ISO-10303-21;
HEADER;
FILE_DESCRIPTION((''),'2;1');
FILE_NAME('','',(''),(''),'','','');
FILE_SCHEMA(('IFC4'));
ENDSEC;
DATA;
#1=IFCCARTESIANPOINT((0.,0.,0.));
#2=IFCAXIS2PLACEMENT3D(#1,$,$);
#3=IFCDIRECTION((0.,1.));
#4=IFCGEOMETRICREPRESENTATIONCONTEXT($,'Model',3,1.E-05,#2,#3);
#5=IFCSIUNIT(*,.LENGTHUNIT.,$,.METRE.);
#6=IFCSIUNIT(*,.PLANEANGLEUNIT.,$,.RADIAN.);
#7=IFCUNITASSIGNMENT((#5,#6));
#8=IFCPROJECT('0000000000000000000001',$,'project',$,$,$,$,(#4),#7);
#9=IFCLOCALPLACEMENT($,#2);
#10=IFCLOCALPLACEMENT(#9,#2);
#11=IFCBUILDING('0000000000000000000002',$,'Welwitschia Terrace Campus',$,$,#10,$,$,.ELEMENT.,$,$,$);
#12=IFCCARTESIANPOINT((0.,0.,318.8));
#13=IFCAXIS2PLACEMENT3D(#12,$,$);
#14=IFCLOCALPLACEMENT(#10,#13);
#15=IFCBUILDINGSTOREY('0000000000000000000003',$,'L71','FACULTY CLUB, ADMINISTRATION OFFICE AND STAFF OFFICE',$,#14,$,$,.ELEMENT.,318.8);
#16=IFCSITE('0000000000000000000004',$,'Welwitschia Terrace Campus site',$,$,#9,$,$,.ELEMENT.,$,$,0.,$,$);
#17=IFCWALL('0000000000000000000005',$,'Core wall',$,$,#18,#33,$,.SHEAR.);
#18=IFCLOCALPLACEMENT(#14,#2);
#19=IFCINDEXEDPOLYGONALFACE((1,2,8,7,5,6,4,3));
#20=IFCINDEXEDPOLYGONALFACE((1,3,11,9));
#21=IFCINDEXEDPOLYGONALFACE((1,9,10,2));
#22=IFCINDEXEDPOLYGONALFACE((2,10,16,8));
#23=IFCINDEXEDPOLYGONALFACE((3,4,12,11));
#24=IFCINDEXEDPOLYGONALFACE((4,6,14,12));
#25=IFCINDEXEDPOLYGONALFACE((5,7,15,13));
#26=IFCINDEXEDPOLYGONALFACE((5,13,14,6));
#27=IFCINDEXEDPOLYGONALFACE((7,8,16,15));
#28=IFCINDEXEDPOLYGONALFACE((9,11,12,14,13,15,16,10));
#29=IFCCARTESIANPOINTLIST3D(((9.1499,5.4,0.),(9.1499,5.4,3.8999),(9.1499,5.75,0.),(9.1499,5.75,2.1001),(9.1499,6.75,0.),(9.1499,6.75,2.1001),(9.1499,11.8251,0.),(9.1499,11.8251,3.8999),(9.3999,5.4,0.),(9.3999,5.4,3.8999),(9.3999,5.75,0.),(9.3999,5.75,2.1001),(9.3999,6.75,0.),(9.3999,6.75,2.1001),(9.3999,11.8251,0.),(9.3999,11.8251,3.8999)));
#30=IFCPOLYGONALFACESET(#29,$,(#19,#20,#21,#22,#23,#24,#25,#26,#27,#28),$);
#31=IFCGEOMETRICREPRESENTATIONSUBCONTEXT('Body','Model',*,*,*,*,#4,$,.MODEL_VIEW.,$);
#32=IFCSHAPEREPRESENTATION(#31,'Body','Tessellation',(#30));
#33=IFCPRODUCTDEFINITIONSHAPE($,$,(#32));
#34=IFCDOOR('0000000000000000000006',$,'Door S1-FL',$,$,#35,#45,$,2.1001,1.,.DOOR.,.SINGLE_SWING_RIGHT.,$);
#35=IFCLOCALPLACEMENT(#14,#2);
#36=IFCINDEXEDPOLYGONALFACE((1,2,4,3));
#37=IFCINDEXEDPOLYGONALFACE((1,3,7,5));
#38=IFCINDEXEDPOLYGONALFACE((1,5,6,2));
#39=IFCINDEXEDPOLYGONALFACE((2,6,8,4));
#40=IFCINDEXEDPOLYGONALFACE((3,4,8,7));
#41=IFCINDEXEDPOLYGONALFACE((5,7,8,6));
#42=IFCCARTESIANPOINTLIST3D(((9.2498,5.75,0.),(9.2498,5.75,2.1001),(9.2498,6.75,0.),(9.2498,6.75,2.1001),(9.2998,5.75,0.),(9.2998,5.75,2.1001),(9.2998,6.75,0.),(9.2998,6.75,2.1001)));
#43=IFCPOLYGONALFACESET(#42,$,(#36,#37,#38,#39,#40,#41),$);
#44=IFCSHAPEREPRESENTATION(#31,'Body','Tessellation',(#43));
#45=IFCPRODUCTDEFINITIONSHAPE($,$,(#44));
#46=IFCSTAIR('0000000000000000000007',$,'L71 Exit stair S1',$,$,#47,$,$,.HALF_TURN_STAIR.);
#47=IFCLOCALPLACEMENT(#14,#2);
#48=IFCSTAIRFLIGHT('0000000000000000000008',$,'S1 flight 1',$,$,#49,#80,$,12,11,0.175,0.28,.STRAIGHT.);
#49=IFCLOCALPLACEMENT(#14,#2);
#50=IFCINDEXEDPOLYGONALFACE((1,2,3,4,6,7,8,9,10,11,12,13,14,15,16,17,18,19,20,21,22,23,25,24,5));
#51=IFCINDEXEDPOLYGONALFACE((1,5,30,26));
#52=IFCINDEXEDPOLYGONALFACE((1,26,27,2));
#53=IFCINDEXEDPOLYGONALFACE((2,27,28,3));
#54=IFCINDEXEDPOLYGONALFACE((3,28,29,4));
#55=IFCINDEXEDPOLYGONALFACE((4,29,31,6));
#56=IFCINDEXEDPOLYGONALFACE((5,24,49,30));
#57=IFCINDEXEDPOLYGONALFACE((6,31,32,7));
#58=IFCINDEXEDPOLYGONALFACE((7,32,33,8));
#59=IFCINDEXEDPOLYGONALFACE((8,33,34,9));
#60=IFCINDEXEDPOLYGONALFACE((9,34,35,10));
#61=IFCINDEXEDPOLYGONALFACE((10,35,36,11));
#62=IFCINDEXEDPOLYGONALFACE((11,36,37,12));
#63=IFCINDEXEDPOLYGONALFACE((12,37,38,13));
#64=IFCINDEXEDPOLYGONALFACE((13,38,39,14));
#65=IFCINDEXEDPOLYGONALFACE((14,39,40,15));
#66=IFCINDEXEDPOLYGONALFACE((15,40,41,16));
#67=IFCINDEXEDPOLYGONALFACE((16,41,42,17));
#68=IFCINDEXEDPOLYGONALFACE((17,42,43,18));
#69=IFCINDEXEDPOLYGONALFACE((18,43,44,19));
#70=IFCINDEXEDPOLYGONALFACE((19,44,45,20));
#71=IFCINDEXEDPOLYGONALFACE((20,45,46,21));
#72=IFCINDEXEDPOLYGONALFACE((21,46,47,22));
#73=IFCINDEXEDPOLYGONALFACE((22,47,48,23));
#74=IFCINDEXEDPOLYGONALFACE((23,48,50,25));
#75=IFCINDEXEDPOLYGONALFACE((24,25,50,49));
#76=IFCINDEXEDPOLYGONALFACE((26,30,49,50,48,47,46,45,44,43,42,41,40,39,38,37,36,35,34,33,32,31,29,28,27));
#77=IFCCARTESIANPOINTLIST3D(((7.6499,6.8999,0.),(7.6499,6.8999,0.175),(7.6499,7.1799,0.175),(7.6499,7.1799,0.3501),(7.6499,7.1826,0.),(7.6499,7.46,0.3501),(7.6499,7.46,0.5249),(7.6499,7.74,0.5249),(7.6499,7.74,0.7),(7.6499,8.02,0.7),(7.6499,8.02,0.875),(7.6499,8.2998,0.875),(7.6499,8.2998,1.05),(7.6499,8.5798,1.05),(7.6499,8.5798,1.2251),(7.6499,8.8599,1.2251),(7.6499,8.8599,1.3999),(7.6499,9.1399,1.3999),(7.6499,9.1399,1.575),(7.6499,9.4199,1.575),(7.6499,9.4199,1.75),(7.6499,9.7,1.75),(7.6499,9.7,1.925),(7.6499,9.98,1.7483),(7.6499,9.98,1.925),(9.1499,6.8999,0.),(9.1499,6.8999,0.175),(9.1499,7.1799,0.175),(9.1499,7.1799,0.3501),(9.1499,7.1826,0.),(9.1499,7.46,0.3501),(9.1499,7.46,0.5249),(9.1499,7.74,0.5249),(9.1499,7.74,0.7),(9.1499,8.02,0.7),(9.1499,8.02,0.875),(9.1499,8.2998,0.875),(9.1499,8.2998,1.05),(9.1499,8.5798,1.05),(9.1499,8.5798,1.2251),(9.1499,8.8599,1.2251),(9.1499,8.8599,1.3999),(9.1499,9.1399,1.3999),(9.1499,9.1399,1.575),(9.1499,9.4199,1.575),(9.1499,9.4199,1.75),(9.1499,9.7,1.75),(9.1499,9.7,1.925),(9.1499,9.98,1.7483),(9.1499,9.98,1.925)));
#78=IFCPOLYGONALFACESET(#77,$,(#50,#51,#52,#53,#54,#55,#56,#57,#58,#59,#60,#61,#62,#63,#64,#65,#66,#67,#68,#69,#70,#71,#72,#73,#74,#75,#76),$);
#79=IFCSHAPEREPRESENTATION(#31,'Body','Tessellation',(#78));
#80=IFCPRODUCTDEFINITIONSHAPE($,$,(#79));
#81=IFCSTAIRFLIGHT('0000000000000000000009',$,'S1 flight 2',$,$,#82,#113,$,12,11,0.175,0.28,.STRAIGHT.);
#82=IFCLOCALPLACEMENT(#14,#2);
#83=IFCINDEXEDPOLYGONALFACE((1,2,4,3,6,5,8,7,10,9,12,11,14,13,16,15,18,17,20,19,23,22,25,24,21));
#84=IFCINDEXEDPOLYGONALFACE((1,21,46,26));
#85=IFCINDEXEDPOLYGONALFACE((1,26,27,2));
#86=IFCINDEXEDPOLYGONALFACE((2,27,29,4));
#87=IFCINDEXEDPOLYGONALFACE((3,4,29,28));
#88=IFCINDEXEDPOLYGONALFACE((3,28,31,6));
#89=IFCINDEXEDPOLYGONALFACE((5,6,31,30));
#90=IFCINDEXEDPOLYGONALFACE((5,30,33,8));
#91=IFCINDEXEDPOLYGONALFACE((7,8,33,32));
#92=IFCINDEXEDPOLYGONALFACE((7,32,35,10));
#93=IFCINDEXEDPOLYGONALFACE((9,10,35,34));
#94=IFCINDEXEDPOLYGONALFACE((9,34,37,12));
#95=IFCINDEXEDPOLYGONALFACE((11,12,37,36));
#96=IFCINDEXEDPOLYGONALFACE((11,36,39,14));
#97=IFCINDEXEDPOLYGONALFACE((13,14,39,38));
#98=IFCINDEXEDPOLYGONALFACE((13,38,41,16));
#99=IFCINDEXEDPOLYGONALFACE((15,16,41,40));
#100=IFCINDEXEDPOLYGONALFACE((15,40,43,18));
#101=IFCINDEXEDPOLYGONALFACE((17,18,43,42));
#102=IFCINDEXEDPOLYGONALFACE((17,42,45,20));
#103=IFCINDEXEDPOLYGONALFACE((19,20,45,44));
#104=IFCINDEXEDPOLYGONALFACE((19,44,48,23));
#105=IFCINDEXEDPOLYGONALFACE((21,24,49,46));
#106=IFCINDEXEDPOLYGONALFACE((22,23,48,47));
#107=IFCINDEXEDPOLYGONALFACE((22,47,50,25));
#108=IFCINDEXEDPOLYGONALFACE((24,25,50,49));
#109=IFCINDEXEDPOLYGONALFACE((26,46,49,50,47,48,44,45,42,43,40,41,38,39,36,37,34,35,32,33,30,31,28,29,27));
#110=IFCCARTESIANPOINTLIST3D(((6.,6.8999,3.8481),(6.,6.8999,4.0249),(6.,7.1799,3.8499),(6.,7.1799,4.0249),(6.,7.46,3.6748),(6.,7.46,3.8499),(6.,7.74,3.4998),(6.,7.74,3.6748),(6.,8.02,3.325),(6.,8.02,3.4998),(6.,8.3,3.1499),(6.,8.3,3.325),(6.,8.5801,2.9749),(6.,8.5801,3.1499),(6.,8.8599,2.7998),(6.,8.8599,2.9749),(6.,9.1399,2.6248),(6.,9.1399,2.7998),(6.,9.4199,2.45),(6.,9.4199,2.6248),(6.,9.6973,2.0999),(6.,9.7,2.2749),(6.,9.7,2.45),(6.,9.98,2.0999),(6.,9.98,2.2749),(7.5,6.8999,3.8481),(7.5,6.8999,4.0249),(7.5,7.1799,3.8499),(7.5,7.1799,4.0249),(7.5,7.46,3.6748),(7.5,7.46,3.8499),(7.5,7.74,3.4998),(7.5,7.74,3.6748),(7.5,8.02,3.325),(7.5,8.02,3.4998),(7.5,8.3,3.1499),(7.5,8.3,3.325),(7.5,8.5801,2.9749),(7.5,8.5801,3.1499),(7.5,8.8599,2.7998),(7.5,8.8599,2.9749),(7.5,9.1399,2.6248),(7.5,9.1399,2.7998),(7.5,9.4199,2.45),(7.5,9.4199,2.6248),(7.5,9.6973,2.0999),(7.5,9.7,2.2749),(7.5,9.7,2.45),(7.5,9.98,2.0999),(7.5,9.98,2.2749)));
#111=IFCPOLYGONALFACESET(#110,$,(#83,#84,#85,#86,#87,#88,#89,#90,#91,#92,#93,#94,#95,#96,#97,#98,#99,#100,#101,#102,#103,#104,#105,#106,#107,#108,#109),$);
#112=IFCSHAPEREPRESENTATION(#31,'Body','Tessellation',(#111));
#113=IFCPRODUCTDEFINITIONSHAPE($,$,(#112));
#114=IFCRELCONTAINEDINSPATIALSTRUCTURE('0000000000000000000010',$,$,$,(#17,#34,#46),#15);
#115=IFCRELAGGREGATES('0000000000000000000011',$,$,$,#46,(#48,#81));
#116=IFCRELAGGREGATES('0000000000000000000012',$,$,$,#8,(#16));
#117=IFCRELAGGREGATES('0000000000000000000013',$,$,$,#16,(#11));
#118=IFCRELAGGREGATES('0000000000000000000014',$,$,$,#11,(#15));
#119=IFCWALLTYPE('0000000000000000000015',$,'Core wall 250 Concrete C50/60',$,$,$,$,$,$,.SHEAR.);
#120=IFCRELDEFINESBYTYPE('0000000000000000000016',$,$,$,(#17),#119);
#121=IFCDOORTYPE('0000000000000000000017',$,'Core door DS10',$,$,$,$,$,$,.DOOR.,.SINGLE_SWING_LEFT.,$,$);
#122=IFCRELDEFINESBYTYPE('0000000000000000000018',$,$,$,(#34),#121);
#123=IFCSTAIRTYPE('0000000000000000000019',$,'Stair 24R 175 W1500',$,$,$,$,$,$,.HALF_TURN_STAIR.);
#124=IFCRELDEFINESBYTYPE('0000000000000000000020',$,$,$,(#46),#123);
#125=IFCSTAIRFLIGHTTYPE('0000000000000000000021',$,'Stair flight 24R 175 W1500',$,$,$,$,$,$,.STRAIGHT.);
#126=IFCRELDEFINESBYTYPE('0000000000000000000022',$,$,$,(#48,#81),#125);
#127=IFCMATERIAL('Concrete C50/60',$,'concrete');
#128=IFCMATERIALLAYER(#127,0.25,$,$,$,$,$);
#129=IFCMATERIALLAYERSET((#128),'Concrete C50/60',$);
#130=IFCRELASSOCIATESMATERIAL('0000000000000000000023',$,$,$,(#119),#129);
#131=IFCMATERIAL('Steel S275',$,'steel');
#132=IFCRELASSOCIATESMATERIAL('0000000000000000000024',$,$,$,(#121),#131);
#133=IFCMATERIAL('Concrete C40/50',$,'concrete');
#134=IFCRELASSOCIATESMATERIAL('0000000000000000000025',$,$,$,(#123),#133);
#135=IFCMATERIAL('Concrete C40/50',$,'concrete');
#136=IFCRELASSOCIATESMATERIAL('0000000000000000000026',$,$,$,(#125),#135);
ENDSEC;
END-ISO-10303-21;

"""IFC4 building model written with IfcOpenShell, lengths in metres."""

from ifc_helpers import new_model, si_unit, direction, frame, frame_2d, origin, place, context, subcontext, project, spatial, polyline, rectangle, outline, extrude, material, layer, layer_set, type_object, element, fill, aggregate, save


model = new_model("IFC4")

# Units and contexts
model_context = context("Model", 3, precision=1e-05, world=origin(), true_north=direction((0.0, 1.0)))
body_context = subcontext(model_context, "Body", "Model", "MODEL_VIEW")
ifc_project = project(units=[si_unit("LENGTHUNIT", "METRE"), si_unit("PLANEANGLEUNIT", "RADIAN")], contexts=[model_context])

# Site, building, storey
site_placement = place(None, origin())
site = spatial("IfcSite", under=ifc_project, at=site_placement, Name="Welwitschia Terrace Campus site", CompositionType="ELEMENT", RefElevation=0.0)
building_placement = place(site_placement, origin())
building = spatial("IfcBuilding", under=site, at=building_placement, Name="Welwitschia Terrace Campus", CompositionType="ELEMENT")
storey_placement = place(building_placement, frame((0.0, 0.0, 318.8)))
storey = spatial("IfcBuildingStorey", under=building, at=storey_placement, Name="L71", Description="FACULTY CLUB, ADMINISTRATION OFFICE AND STAFF OFFICE", CompositionType="ELEMENT", Elevation=318.8)

# Shared definitions
ifc_material_1 = material(Name="Concrete C50/60", Category="concrete")
ifc_layer_1 = layer(ifc_material_1, 0.25)
ifc_layer_set_1 = layer_set([ifc_layer_1], Name="Concrete C50/60")
wall_type_1 = type_object("IfcWallType", Name="Core wall 250 Concrete C50/60", PredefinedType="SHEAR", material=ifc_layer_set_1)

# Wall, opening, door
wall_1_placement = place(storey_placement, frame((9.2749, 11.825, 0.0), z_axis=(0.0, 0.0, 1.0), x_axis=(0.0, -1.0, 0.0)))
wall_1 = element("IfcWall", 1, at=wall_1_placement, inside=storey, type_object=wall_type_1, Name="Core wall", PredefinedType="SHEAR", context=body_context, shape_type="SweptSolid", body=[
    extrude(rectangle(XDim=6.425, YDim=0.25, at=frame_2d((3.2124, 0.0))), origin(), (0.0, 0.0, 1.0), 3.8999),
])
opening_placement = place(wall_1_placement, frame((5.075, 0.0, 0.0)))
opening = element("IfcOpeningElement", 2, at=opening_placement, cuts=wall_1, PredefinedType="OPENING", context=body_context, shape_type="SweptSolid", body=[
    extrude(rectangle(XDim=1.0, YDim=2.1001, at=frame_2d((0.5, 1.05))), frame((0.0, 0.135, 0.0), z_axis=(0.0, -1.0, 0.0), x_axis=(1.0, 0.0, 0.0)), (0.0, 0.0, 1.0), 0.27),
])
ifc_material_2 = material(Name="Steel S275", Category="steel")
door_type = type_object("IfcDoorType", Name="Core door DS10", OperationType="SINGLE_SWING_LEFT", PredefinedType="DOOR", material=ifc_material_2)
door_placement = place(opening_placement, origin())
door = element("IfcDoor", 3, at=door_placement, inside=storey, type_object=door_type, Name="Door S1-FL", OperationType="SINGLE_SWING_RIGHT", OverallHeight=2.1001, OverallWidth=1.0, PredefinedType="DOOR", context=body_context, shape_type="SweptSolid", body=[
    extrude(rectangle(XDim=1.0, YDim=2.1001, at=frame_2d((0.5, 1.05))), frame((0.0, 0.0249, 0.0), z_axis=(0.0, -1.0, 0.0), x_axis=(1.0, 0.0, 0.0)), (0.0, 0.0, 1.0), 0.05),
])
fill(opening, door)

# Stair, stair flights
ifc_material_3 = material(Name="Concrete C40/50", Category="concrete")
stair_type = type_object("IfcStairType", Name="Stair 24R 175 W1500", PredefinedType="HALF_TURN_STAIR", material=ifc_material_3)
stair_placement = place(storey_placement, origin())
stair = element("IfcStair", 4, at=stair_placement, inside=storey, type_object=stair_type, Name="L71 Exit stair S1", PredefinedType="HALF_TURN_STAIR")
ifc_material_4 = material(Name="Concrete C40/50", Category="concrete")
stair_flight_type = type_object("IfcStairFlightType", Name="Stair flight 24R 175 W1500", PredefinedType="STRAIGHT", material=ifc_material_4)
stair_flight_1_placement = place(storey_placement, frame((8.3999, 6.8999, 0.0), z_axis=(0.0, 0.0, 1.0), x_axis=(0.0, 1.0, 0.0)))
stair_flight_1 = element("IfcStairFlight", 5, at=stair_flight_1_placement, type_object=stair_flight_type, Name="S1 flight 1", NumberOfRisers=12, NumberOfTreads=11, PredefinedType="STRAIGHT", RiserHeight=0.175, TreadLength=0.28, context=body_context, shape_type="SweptSolid", body=[
    extrude(outline(polyline([(0.0, 0.0), (0.0, 0.175), (0.28, 0.175), (0.28, 0.3501), (0.5601, 0.3501), (0.5601, 0.5249), (0.8401, 0.5249), (0.8401, 0.7), (1.1201, 0.7), (1.1201, 0.875), (1.3999, 0.875), (1.3999, 1.05), (1.6799, 1.05), (1.6799, 1.2251), (1.96, 1.2251), (1.96, 1.3999), (2.24, 1.3999), (2.24, 1.575), (2.52, 1.575), (2.52, 1.75), (2.8, 1.75), (2.8, 1.925), (3.0801, 1.925), (3.0801, 2.1001), (3.0801, 1.7483), (0.2827, 0.0), (0.0, 0.0)])), frame((0.0, 0.75, 0.0), z_axis=(0.0, -1.0, 0.0), x_axis=(1.0, 0.0, 0.0)), (0.0, 0.0, 1.0), 1.5),
])
stair_flight_2_placement = place(storey_placement, frame((6.75, 9.98, 2.0999), z_axis=(0.0, 0.0, 1.0), x_axis=(0.0, -1.0, 0.0)))
stair_flight_2 = element("IfcStairFlight", 6, at=stair_flight_2_placement, type_object=stair_flight_type, Name="S1 flight 2", NumberOfRisers=12, NumberOfTreads=11, PredefinedType="STRAIGHT", RiserHeight=0.175, TreadLength=0.28, context=body_context, shape_type="SweptSolid", body=[
    extrude(outline(polyline([(0.0, 0.0), (0.0, 0.175), (0.28, 0.175), (0.28, 0.3501), (0.5601, 0.3501), (0.5601, 0.5249), (0.8401, 0.5249), (0.8401, 0.7), (1.1201, 0.7), (1.1201, 0.875), (1.3999, 0.875), (1.3999, 1.05), (1.6799, 1.05), (1.6799, 1.2251), (1.96, 1.2251), (1.96, 1.3999), (2.24, 1.3999), (2.24, 1.575), (2.52, 1.575), (2.52, 1.75), (2.8, 1.75), (2.8, 1.925), (3.0801, 1.925), (3.0801, 2.1001), (3.0801, 1.7483), (0.2827, 0.0), (0.0, 0.0)])), frame((0.0, 0.75, 0.0), z_axis=(0.0, -1.0, 0.0), x_axis=(1.0, 0.0, 0.0)), (0.0, 0.0, 1.0), 1.5),
])
aggregate(stair, [stair_flight_1, stair_flight_2])

save(model, "model.ifc")
